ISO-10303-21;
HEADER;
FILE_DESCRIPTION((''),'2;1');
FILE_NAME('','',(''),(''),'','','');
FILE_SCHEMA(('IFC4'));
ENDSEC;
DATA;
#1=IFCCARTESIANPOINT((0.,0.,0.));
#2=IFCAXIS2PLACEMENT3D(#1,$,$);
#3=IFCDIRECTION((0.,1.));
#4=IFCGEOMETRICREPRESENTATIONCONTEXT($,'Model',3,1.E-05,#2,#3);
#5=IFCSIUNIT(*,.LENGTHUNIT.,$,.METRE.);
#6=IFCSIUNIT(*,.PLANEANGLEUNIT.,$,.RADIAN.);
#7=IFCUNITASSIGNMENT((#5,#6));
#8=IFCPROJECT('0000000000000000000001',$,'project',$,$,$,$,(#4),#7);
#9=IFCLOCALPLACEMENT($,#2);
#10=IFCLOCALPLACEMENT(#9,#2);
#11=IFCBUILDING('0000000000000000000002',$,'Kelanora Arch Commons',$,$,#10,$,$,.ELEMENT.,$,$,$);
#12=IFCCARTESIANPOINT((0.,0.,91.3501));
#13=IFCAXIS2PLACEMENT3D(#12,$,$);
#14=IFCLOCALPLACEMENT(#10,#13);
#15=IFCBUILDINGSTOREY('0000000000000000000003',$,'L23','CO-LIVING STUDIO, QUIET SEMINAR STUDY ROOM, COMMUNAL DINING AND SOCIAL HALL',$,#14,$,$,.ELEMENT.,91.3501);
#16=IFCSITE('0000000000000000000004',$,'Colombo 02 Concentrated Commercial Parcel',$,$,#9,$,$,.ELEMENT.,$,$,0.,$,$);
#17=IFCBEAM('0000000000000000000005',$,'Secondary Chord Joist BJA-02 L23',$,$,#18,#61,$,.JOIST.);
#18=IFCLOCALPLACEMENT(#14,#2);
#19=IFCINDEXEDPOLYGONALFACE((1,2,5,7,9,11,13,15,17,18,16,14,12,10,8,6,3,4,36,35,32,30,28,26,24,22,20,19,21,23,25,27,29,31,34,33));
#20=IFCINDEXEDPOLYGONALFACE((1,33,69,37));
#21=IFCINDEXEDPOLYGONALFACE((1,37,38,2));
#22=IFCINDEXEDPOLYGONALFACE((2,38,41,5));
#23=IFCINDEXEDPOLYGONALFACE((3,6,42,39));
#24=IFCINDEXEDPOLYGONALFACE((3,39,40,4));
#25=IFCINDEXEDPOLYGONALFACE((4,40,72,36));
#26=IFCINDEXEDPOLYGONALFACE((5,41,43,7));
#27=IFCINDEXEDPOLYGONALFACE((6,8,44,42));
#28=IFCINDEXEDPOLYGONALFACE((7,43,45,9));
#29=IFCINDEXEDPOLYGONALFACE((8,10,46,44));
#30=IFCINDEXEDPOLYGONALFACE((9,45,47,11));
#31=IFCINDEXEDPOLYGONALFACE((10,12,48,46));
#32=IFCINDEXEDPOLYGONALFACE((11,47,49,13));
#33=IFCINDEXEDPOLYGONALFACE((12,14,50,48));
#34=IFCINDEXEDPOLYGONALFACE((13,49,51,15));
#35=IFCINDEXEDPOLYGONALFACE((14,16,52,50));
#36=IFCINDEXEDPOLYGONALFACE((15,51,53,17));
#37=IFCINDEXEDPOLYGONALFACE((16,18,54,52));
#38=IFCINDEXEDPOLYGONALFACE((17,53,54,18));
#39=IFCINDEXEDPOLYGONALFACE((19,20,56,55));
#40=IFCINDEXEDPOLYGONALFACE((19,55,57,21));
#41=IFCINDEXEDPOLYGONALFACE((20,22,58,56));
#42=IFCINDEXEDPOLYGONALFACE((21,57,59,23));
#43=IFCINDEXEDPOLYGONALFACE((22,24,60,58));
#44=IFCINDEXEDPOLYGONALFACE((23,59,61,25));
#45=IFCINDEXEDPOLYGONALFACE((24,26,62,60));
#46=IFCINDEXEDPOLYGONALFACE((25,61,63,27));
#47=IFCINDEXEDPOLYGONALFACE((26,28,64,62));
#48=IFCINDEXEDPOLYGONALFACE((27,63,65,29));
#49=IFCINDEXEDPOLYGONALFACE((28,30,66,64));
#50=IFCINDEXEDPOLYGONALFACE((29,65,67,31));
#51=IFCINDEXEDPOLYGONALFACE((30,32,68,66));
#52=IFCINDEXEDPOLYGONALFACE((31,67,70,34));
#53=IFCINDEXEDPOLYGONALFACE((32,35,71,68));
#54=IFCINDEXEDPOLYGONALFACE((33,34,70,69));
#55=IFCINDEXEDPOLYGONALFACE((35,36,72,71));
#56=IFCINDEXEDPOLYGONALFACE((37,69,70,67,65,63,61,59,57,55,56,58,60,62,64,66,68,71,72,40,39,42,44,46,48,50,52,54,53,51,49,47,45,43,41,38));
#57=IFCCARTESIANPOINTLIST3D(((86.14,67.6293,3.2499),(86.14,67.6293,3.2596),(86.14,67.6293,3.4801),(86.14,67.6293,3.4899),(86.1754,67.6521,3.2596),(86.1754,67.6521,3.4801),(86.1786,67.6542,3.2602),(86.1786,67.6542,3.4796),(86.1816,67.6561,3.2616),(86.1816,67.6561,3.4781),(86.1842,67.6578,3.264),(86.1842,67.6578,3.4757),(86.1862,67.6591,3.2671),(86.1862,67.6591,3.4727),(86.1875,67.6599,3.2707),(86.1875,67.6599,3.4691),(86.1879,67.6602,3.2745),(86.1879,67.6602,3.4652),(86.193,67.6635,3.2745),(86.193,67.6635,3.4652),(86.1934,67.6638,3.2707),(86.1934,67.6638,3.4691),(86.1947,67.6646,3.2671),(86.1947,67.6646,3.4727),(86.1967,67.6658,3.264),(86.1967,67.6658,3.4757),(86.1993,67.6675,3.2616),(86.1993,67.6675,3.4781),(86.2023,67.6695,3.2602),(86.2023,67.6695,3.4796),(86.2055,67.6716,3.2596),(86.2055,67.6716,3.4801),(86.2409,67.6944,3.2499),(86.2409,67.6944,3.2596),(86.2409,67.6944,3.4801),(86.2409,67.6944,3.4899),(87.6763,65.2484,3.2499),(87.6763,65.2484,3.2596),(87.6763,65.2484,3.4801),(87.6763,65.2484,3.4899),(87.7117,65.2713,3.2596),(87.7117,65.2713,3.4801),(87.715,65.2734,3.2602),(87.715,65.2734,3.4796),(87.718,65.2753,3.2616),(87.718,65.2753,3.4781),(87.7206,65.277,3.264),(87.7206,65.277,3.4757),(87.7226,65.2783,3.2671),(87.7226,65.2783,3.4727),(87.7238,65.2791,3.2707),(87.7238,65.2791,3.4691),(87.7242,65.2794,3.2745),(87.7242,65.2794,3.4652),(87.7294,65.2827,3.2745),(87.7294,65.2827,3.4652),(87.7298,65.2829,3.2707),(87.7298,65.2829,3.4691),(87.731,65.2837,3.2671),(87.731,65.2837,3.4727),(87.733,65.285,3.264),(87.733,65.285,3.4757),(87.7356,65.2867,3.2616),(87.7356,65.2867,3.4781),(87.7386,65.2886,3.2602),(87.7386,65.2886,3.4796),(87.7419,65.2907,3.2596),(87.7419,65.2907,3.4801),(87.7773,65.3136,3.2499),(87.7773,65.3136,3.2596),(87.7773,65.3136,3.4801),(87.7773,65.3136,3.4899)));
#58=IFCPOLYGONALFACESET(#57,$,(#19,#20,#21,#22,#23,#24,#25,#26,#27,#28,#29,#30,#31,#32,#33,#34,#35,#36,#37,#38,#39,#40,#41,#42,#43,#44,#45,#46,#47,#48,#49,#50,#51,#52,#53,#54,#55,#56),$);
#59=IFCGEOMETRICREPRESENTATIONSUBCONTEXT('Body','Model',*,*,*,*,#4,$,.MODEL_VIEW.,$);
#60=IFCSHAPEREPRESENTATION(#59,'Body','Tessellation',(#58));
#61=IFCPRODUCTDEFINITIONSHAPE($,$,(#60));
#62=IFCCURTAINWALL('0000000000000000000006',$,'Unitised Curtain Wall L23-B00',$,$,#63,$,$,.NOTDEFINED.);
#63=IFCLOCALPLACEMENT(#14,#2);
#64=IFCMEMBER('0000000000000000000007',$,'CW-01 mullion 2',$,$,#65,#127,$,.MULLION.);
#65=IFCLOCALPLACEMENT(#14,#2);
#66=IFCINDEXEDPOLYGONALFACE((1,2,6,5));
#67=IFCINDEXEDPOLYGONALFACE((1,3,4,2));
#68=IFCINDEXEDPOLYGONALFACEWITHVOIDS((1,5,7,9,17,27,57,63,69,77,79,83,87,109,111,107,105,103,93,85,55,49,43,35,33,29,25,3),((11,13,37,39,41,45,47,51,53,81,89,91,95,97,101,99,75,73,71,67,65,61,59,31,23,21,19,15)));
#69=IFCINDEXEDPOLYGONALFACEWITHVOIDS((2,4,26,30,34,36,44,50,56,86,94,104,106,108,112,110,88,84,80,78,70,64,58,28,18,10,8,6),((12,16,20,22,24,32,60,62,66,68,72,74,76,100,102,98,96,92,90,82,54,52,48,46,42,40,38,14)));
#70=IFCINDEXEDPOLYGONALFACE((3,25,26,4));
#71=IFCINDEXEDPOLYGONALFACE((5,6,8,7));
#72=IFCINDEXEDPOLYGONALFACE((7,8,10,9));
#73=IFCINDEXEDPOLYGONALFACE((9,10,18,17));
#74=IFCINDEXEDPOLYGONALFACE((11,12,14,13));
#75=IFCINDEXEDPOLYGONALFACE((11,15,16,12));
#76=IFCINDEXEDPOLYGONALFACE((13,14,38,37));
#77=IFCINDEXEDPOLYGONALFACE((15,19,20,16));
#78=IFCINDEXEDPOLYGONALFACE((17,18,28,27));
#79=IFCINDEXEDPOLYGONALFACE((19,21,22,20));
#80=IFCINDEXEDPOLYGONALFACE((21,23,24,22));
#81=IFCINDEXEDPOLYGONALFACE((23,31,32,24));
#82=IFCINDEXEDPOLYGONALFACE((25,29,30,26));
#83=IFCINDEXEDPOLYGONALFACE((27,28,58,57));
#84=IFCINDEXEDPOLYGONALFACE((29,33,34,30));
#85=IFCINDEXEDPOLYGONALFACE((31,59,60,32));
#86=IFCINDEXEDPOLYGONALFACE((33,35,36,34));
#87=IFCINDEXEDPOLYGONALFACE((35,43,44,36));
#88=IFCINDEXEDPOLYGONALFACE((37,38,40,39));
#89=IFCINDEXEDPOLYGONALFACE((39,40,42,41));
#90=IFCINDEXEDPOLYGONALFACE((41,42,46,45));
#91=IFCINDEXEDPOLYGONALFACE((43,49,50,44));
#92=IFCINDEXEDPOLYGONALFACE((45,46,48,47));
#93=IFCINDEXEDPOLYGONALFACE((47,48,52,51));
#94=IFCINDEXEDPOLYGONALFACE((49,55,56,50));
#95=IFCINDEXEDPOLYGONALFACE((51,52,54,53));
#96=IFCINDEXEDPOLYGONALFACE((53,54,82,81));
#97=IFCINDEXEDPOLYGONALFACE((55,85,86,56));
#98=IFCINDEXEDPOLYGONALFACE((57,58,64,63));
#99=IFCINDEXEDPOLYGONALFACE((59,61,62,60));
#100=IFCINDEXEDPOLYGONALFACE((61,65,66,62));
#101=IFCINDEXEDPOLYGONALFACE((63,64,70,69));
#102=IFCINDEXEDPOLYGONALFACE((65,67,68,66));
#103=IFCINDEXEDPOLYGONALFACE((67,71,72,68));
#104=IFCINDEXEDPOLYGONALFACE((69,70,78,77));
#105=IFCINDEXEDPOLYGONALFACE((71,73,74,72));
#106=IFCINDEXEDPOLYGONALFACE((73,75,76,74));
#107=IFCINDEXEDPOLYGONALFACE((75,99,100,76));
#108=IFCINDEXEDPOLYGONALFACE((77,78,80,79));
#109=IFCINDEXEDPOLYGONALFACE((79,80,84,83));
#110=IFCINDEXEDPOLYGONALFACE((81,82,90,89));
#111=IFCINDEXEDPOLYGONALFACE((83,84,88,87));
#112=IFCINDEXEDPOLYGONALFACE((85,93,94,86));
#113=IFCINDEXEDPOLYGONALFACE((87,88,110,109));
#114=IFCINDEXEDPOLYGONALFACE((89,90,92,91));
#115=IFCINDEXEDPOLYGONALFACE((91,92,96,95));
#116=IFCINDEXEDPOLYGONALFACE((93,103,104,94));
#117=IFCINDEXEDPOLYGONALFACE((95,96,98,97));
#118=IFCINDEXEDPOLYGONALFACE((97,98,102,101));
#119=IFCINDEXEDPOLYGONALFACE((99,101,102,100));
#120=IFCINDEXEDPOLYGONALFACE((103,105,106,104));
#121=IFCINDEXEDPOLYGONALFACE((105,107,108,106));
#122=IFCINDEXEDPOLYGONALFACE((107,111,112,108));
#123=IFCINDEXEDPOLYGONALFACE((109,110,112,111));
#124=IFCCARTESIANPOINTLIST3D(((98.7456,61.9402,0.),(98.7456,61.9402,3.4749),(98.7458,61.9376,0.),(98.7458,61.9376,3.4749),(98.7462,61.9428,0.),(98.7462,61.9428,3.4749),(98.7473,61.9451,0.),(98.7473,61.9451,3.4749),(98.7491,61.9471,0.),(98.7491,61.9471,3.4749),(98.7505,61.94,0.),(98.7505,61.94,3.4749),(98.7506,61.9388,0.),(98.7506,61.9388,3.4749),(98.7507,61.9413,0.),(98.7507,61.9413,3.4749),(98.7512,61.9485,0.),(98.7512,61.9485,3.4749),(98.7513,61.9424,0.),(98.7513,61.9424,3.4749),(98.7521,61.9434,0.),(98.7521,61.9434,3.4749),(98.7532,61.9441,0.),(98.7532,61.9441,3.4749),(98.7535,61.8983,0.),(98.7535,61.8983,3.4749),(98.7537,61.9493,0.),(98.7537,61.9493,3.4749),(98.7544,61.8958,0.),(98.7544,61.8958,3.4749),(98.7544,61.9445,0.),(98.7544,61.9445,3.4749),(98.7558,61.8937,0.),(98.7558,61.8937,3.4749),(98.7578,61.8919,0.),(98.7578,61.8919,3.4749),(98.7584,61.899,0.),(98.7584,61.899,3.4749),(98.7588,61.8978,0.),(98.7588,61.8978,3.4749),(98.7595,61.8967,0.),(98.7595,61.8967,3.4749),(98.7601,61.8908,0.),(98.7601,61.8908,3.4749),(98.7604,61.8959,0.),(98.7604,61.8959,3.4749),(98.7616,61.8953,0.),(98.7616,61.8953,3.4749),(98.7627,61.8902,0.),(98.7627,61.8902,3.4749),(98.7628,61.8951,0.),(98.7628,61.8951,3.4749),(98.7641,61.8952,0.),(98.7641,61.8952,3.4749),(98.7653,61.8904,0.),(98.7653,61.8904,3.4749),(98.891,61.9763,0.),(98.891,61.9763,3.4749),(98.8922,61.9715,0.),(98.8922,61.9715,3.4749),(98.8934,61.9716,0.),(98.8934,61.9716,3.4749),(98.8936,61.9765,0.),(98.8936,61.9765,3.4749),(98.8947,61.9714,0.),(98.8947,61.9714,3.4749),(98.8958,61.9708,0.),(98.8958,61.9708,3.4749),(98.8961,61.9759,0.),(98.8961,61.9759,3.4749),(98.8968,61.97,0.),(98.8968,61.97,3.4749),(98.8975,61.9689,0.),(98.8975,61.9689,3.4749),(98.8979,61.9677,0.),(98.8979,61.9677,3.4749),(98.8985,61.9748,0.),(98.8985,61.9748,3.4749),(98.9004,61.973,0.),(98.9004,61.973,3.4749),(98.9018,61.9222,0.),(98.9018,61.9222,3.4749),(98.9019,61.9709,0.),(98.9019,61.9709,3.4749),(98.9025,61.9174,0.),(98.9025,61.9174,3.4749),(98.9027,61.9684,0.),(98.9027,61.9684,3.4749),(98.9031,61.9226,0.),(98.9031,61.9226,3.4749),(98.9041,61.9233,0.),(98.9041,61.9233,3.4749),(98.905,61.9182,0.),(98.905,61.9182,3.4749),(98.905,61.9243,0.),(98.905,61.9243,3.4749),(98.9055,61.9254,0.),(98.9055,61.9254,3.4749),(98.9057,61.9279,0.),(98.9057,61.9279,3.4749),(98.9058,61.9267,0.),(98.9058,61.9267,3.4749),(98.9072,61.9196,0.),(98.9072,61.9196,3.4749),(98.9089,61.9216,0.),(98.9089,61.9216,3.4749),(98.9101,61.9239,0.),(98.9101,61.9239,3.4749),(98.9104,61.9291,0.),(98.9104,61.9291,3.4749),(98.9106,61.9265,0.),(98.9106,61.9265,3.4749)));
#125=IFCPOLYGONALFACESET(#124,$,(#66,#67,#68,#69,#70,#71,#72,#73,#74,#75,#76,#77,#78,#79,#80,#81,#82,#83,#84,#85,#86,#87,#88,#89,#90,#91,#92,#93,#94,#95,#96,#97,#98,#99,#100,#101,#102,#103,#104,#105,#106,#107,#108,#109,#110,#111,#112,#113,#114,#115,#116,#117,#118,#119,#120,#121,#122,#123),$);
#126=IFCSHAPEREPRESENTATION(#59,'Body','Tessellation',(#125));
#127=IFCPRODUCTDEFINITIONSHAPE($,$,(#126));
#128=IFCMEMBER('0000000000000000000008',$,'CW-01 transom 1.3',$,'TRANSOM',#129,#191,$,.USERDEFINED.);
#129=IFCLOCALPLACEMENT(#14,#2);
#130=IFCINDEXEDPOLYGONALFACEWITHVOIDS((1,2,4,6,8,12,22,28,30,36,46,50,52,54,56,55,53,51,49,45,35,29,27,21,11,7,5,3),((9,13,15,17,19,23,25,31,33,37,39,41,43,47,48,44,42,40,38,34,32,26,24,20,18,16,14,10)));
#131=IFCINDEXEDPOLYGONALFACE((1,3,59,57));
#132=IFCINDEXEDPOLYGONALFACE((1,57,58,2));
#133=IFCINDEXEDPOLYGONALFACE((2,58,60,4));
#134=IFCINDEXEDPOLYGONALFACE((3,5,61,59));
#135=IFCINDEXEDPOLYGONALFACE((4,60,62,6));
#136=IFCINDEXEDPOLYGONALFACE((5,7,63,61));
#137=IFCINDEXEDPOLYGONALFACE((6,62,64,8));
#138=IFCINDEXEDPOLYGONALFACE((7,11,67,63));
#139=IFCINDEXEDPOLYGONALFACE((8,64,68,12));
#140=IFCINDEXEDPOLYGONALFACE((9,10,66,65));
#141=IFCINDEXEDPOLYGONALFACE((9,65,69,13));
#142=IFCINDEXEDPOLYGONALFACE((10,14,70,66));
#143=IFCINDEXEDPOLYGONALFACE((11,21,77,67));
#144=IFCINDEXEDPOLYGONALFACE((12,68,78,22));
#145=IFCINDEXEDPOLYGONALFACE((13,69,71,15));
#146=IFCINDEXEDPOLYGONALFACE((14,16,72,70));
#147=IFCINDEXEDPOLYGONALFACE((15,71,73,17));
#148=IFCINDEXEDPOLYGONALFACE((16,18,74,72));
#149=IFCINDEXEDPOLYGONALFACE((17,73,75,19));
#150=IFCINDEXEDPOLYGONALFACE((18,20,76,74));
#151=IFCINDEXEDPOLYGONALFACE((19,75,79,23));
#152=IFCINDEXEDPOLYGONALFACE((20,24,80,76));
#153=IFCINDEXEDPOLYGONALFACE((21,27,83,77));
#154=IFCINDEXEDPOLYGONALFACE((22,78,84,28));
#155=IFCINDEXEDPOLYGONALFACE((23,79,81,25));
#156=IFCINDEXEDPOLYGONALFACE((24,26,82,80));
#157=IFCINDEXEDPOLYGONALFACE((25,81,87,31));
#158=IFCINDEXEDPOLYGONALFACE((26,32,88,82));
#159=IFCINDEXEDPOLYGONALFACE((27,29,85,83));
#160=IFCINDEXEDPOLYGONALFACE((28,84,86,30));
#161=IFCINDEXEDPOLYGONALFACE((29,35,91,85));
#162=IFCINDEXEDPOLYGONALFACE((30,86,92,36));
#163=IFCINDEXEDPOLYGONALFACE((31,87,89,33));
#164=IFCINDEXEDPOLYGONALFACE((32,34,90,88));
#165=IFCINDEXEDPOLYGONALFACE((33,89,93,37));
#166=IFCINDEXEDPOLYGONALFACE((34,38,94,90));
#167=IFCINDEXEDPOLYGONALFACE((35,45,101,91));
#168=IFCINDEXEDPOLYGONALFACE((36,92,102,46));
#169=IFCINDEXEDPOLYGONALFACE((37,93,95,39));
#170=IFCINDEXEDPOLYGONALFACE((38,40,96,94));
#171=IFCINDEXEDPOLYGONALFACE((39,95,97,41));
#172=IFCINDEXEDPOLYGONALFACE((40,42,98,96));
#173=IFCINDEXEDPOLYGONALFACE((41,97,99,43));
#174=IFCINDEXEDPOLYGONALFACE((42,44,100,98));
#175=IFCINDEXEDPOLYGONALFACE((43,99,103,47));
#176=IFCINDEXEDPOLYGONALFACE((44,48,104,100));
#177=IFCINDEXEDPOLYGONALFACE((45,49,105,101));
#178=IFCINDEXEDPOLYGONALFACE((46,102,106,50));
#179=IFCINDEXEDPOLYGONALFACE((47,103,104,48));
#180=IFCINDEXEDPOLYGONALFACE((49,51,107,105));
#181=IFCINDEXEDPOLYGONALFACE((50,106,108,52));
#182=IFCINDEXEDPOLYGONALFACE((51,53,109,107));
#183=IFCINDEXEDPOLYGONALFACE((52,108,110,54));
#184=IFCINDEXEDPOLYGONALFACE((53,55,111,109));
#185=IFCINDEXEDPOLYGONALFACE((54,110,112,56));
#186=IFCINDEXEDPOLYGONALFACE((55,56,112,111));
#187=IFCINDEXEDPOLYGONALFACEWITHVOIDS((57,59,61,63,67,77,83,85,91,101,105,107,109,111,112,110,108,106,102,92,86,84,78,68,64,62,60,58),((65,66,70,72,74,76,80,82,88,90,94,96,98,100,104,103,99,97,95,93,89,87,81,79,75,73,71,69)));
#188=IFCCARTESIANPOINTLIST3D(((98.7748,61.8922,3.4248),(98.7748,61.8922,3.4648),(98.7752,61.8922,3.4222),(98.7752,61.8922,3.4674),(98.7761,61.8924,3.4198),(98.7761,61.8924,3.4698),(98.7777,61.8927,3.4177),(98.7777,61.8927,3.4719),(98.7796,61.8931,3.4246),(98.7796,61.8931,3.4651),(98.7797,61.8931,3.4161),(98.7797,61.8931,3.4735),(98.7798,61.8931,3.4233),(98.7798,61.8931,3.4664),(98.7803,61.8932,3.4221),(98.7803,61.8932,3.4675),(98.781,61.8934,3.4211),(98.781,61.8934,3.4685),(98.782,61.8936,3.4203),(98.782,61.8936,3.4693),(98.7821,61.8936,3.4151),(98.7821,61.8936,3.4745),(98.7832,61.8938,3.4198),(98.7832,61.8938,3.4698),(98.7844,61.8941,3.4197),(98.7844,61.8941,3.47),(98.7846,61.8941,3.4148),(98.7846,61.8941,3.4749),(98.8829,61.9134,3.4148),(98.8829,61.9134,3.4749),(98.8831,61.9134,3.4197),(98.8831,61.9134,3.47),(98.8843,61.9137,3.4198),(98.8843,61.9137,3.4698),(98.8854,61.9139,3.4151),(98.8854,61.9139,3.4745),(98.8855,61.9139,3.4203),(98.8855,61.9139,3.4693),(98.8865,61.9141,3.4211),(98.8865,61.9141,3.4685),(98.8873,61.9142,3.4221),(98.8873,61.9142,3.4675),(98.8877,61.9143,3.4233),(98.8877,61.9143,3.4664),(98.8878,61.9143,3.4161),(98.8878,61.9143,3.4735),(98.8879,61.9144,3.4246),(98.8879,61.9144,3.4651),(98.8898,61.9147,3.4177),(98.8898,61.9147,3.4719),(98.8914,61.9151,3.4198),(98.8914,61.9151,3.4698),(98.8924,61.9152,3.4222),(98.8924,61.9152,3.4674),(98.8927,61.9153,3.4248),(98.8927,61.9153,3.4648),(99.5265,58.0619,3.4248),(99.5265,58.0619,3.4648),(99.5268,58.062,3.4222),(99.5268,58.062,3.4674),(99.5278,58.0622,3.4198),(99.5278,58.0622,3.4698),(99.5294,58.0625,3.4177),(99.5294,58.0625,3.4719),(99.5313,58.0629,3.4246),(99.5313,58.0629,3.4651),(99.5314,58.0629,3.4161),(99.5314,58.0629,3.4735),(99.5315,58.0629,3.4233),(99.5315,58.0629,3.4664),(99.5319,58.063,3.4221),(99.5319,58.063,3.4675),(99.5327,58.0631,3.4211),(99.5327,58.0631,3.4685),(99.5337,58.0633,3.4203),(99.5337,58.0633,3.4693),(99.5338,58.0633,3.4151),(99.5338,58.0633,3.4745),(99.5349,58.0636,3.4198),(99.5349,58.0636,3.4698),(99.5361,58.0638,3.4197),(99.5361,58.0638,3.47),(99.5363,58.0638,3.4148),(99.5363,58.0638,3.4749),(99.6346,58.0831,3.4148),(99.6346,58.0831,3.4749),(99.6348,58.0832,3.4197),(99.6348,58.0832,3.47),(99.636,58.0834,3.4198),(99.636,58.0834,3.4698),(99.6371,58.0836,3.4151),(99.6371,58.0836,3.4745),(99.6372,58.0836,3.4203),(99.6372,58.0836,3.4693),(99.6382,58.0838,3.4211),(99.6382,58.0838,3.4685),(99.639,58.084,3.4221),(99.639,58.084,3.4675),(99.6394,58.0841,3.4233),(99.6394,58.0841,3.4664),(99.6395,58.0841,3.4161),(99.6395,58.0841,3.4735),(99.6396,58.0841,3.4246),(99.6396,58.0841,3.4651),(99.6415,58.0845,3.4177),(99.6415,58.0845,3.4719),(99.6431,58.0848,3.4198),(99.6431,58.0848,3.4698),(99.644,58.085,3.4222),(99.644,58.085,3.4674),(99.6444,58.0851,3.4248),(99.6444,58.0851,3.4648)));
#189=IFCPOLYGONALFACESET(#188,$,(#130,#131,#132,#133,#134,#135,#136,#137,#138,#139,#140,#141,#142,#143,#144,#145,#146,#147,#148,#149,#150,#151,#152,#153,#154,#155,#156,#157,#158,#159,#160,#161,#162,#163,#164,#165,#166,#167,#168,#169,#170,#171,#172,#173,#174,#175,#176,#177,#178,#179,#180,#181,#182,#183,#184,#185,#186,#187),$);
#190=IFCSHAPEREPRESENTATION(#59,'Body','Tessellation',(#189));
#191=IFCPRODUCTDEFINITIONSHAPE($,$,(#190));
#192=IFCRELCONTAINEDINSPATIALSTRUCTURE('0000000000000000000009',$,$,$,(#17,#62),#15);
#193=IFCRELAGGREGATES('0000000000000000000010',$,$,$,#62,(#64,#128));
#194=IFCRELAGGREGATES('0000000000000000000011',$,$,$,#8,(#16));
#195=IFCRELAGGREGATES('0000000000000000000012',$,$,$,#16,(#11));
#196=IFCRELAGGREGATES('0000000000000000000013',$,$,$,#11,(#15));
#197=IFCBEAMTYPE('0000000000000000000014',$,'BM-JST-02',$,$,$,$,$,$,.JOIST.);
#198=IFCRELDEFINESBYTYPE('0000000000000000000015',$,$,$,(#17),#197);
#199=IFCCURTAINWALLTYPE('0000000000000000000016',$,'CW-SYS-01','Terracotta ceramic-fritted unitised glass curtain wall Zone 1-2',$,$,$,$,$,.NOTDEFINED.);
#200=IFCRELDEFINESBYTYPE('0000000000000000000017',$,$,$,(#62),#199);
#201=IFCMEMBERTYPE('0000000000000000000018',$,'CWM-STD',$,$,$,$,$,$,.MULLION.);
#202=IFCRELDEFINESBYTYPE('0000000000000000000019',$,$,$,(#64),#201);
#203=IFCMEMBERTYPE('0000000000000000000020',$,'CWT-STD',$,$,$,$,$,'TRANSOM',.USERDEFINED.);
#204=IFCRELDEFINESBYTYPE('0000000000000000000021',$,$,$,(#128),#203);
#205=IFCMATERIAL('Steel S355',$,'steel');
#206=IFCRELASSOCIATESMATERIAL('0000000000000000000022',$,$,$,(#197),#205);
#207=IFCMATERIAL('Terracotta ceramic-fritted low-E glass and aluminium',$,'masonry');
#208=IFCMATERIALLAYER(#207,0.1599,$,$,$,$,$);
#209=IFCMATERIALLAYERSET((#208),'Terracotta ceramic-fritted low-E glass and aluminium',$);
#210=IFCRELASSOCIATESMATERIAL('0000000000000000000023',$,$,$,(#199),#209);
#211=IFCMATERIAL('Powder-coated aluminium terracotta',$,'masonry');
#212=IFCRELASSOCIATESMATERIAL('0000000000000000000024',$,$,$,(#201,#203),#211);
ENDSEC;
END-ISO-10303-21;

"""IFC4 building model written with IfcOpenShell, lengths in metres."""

from ifc_helpers import new_model, si_unit, direction, frame, origin, origin_2d, place, context, subcontext, project, spatial, hollow_rectangle, i_section, extrude, material, layer, layer_set, material_profile, profile_set, type_object, element, aggregate, save


model = new_model("IFC4")

# Units and contexts
model_context = context("Model", 3, precision=1e-05, world=origin(), true_north=direction((0.0, 1.0)))
body_context = subcontext(model_context, "Body", "Model", "MODEL_VIEW")
ifc_project = project(units=[si_unit("LENGTHUNIT", "METRE"), si_unit("PLANEANGLEUNIT", "RADIAN")], contexts=[model_context])

# Site, building, storey
site_placement = place(None, origin())
site = spatial("IfcSite", under=ifc_project, at=site_placement, Name="Colombo 02 Concentrated Commercial Parcel", CompositionType="ELEMENT", RefElevation=0.0)
building_placement = place(site_placement, origin())
building = spatial("IfcBuilding", under=site, at=building_placement, Name="Kelanora Arch Commons", CompositionType="ELEMENT")
storey_placement = place(building_placement, frame((0.0, 0.0, 91.3501)))
storey = spatial("IfcBuildingStorey", under=building, at=storey_placement, Name="L23", Description="CO-LIVING STUDIO, QUIET SEMINAR STUDY ROOM, COMMUNAL DINING AND SOCIAL HALL", CompositionType="ELEMENT", Elevation=91.3501)

# Beam
ifc_material_1 = material(Name="Steel S355", Category="steel")
ifc_material_profile_1 = material_profile(ifc_material_1, i_section(OverallWidth=0.1201, OverallDepth=0.24, WebThickness=0.0061, FlangeThickness=0.0098, FilletRadius=0.0149, at=origin_2d()), Name="IPE240")
ifc_profile_set_1 = profile_set([ifc_material_profile_1], Name="Steel S355")
beam_type_1 = type_object("IfcBeamType", Name="BM-JST-02", PredefinedType="JOIST", material=ifc_profile_set_1)
beam_1_placement = place(storey_placement, frame((87.7268, 65.281, 3.3699), z_axis=(-0.542211, 0.840242, 0.0), x_axis=(-0.840242, -0.542211, 0.0)))
element("IfcBeam", 1, at=beam_1_placement, inside=storey, type_object=beam_type_1, Name="Secondary Chord Joist BJA-02 L23", PredefinedType="JOIST", context=body_context, shape_type="SweptSolid", body=[
    extrude(i_section(OverallWidth=0.1201, OverallDepth=0.24, WebThickness=0.0061, FlangeThickness=0.0098, FilletRadius=0.0149, at=origin_2d()), origin(), (0.0, 0.0, 1.0), 2.8335),
])

# Curtain wall, members
ifc_material_2 = material(Name="Terracotta ceramic-fritted low-E glass and aluminium", Category="masonry")
ifc_layer_1 = layer(ifc_material_2, 0.1599)
ifc_layer_set_1 = layer_set([ifc_layer_1], Name="Terracotta ceramic-fritted low-E glass and aluminium")
curtain_wall_type = type_object("IfcCurtainWallType", Name="CW-SYS-01", Description="Terracotta ceramic-fritted unitised glass curtain wall Zone 1-2", PredefinedType="NOTDEFINED", material=ifc_layer_set_1)
curtain_wall_placement = place(storey_placement, origin())
curtain_wall = element("IfcCurtainWall", 2, at=curtain_wall_placement, inside=storey, type_object=curtain_wall_type, Name="Unitised Curtain Wall L23-B00", PredefinedType="NOTDEFINED")
ifc_material_3 = material(Name="Powder-coated aluminium terracotta", Category="masonry")
ifc_material_profile_2 = material_profile(ifc_material_3, hollow_rectangle(XDim=0.1599, YDim=0.0601, WallThickness=0.0049, InnerFilletRadius=0.0049, OuterFilletRadius=0.01, at=origin_2d()), Name="CWM160x60")
ifc_profile_set_2 = profile_set([ifc_material_profile_2], Name="Powder-coated aluminium terracotta")
member_type_1 = type_object("IfcMemberType", Name="CWM-STD", PredefinedType="MULLION", material=ifc_profile_set_2)
member_1_placement = place(storey_placement, frame((98.8281, 61.9333, 0.0), z_axis=(0.0, 0.0, 1.0), x_axis=(-0.98128, -0.192585, 0.0)))
member_1 = element("IfcMember", 3, at=member_1_placement, type_object=member_type_1, Name="CW-01 mullion 2", PredefinedType="MULLION", context=body_context, shape_type="SweptSolid", body=[
    extrude(hollow_rectangle(XDim=0.1599, YDim=0.0601, WallThickness=0.0049, InnerFilletRadius=0.0049, OuterFilletRadius=0.01, at=origin_2d()), origin(), (0.0, 0.0, 1.0), 3.4749),
])
ifc_material_profile_3 = material_profile(ifc_material_3, hollow_rectangle(XDim=0.1201, YDim=0.0601, WallThickness=0.0049, InnerFilletRadius=0.0049, OuterFilletRadius=0.01, at=origin_2d()), Name="CWT120x60")
ifc_profile_set_3 = profile_set([ifc_material_profile_3], Name="Powder-coated aluminium terracotta")
member_type_2 = type_object("IfcMemberType", Name="CWT-STD", ElementType="TRANSOM", PredefinedType="USERDEFINED", material=ifc_profile_set_3)
member_2_placement = place(storey_placement, frame((99.5854, 58.0735, 3.4448), z_axis=(-0.192579, 0.981282, 0.0), x_axis=(-0.981282, -0.192579, 0.0)))
member_2 = element("IfcMember", 4, at=member_2_placement, type_object=member_type_2, Name="CW-01 transom 1.3", ObjectType="TRANSOM", PredefinedType="USERDEFINED", context=body_context, shape_type="SweptSolid", body=[
    extrude(hollow_rectangle(XDim=0.1201, YDim=0.0601, WallThickness=0.0049, InnerFilletRadius=0.0049, OuterFilletRadius=0.01, at=origin_2d()), origin(), (0.0, 0.0, 1.0), 3.9033),
])
aggregate(curtain_wall, [member_1, member_2])

save(model, "model.ifc")
